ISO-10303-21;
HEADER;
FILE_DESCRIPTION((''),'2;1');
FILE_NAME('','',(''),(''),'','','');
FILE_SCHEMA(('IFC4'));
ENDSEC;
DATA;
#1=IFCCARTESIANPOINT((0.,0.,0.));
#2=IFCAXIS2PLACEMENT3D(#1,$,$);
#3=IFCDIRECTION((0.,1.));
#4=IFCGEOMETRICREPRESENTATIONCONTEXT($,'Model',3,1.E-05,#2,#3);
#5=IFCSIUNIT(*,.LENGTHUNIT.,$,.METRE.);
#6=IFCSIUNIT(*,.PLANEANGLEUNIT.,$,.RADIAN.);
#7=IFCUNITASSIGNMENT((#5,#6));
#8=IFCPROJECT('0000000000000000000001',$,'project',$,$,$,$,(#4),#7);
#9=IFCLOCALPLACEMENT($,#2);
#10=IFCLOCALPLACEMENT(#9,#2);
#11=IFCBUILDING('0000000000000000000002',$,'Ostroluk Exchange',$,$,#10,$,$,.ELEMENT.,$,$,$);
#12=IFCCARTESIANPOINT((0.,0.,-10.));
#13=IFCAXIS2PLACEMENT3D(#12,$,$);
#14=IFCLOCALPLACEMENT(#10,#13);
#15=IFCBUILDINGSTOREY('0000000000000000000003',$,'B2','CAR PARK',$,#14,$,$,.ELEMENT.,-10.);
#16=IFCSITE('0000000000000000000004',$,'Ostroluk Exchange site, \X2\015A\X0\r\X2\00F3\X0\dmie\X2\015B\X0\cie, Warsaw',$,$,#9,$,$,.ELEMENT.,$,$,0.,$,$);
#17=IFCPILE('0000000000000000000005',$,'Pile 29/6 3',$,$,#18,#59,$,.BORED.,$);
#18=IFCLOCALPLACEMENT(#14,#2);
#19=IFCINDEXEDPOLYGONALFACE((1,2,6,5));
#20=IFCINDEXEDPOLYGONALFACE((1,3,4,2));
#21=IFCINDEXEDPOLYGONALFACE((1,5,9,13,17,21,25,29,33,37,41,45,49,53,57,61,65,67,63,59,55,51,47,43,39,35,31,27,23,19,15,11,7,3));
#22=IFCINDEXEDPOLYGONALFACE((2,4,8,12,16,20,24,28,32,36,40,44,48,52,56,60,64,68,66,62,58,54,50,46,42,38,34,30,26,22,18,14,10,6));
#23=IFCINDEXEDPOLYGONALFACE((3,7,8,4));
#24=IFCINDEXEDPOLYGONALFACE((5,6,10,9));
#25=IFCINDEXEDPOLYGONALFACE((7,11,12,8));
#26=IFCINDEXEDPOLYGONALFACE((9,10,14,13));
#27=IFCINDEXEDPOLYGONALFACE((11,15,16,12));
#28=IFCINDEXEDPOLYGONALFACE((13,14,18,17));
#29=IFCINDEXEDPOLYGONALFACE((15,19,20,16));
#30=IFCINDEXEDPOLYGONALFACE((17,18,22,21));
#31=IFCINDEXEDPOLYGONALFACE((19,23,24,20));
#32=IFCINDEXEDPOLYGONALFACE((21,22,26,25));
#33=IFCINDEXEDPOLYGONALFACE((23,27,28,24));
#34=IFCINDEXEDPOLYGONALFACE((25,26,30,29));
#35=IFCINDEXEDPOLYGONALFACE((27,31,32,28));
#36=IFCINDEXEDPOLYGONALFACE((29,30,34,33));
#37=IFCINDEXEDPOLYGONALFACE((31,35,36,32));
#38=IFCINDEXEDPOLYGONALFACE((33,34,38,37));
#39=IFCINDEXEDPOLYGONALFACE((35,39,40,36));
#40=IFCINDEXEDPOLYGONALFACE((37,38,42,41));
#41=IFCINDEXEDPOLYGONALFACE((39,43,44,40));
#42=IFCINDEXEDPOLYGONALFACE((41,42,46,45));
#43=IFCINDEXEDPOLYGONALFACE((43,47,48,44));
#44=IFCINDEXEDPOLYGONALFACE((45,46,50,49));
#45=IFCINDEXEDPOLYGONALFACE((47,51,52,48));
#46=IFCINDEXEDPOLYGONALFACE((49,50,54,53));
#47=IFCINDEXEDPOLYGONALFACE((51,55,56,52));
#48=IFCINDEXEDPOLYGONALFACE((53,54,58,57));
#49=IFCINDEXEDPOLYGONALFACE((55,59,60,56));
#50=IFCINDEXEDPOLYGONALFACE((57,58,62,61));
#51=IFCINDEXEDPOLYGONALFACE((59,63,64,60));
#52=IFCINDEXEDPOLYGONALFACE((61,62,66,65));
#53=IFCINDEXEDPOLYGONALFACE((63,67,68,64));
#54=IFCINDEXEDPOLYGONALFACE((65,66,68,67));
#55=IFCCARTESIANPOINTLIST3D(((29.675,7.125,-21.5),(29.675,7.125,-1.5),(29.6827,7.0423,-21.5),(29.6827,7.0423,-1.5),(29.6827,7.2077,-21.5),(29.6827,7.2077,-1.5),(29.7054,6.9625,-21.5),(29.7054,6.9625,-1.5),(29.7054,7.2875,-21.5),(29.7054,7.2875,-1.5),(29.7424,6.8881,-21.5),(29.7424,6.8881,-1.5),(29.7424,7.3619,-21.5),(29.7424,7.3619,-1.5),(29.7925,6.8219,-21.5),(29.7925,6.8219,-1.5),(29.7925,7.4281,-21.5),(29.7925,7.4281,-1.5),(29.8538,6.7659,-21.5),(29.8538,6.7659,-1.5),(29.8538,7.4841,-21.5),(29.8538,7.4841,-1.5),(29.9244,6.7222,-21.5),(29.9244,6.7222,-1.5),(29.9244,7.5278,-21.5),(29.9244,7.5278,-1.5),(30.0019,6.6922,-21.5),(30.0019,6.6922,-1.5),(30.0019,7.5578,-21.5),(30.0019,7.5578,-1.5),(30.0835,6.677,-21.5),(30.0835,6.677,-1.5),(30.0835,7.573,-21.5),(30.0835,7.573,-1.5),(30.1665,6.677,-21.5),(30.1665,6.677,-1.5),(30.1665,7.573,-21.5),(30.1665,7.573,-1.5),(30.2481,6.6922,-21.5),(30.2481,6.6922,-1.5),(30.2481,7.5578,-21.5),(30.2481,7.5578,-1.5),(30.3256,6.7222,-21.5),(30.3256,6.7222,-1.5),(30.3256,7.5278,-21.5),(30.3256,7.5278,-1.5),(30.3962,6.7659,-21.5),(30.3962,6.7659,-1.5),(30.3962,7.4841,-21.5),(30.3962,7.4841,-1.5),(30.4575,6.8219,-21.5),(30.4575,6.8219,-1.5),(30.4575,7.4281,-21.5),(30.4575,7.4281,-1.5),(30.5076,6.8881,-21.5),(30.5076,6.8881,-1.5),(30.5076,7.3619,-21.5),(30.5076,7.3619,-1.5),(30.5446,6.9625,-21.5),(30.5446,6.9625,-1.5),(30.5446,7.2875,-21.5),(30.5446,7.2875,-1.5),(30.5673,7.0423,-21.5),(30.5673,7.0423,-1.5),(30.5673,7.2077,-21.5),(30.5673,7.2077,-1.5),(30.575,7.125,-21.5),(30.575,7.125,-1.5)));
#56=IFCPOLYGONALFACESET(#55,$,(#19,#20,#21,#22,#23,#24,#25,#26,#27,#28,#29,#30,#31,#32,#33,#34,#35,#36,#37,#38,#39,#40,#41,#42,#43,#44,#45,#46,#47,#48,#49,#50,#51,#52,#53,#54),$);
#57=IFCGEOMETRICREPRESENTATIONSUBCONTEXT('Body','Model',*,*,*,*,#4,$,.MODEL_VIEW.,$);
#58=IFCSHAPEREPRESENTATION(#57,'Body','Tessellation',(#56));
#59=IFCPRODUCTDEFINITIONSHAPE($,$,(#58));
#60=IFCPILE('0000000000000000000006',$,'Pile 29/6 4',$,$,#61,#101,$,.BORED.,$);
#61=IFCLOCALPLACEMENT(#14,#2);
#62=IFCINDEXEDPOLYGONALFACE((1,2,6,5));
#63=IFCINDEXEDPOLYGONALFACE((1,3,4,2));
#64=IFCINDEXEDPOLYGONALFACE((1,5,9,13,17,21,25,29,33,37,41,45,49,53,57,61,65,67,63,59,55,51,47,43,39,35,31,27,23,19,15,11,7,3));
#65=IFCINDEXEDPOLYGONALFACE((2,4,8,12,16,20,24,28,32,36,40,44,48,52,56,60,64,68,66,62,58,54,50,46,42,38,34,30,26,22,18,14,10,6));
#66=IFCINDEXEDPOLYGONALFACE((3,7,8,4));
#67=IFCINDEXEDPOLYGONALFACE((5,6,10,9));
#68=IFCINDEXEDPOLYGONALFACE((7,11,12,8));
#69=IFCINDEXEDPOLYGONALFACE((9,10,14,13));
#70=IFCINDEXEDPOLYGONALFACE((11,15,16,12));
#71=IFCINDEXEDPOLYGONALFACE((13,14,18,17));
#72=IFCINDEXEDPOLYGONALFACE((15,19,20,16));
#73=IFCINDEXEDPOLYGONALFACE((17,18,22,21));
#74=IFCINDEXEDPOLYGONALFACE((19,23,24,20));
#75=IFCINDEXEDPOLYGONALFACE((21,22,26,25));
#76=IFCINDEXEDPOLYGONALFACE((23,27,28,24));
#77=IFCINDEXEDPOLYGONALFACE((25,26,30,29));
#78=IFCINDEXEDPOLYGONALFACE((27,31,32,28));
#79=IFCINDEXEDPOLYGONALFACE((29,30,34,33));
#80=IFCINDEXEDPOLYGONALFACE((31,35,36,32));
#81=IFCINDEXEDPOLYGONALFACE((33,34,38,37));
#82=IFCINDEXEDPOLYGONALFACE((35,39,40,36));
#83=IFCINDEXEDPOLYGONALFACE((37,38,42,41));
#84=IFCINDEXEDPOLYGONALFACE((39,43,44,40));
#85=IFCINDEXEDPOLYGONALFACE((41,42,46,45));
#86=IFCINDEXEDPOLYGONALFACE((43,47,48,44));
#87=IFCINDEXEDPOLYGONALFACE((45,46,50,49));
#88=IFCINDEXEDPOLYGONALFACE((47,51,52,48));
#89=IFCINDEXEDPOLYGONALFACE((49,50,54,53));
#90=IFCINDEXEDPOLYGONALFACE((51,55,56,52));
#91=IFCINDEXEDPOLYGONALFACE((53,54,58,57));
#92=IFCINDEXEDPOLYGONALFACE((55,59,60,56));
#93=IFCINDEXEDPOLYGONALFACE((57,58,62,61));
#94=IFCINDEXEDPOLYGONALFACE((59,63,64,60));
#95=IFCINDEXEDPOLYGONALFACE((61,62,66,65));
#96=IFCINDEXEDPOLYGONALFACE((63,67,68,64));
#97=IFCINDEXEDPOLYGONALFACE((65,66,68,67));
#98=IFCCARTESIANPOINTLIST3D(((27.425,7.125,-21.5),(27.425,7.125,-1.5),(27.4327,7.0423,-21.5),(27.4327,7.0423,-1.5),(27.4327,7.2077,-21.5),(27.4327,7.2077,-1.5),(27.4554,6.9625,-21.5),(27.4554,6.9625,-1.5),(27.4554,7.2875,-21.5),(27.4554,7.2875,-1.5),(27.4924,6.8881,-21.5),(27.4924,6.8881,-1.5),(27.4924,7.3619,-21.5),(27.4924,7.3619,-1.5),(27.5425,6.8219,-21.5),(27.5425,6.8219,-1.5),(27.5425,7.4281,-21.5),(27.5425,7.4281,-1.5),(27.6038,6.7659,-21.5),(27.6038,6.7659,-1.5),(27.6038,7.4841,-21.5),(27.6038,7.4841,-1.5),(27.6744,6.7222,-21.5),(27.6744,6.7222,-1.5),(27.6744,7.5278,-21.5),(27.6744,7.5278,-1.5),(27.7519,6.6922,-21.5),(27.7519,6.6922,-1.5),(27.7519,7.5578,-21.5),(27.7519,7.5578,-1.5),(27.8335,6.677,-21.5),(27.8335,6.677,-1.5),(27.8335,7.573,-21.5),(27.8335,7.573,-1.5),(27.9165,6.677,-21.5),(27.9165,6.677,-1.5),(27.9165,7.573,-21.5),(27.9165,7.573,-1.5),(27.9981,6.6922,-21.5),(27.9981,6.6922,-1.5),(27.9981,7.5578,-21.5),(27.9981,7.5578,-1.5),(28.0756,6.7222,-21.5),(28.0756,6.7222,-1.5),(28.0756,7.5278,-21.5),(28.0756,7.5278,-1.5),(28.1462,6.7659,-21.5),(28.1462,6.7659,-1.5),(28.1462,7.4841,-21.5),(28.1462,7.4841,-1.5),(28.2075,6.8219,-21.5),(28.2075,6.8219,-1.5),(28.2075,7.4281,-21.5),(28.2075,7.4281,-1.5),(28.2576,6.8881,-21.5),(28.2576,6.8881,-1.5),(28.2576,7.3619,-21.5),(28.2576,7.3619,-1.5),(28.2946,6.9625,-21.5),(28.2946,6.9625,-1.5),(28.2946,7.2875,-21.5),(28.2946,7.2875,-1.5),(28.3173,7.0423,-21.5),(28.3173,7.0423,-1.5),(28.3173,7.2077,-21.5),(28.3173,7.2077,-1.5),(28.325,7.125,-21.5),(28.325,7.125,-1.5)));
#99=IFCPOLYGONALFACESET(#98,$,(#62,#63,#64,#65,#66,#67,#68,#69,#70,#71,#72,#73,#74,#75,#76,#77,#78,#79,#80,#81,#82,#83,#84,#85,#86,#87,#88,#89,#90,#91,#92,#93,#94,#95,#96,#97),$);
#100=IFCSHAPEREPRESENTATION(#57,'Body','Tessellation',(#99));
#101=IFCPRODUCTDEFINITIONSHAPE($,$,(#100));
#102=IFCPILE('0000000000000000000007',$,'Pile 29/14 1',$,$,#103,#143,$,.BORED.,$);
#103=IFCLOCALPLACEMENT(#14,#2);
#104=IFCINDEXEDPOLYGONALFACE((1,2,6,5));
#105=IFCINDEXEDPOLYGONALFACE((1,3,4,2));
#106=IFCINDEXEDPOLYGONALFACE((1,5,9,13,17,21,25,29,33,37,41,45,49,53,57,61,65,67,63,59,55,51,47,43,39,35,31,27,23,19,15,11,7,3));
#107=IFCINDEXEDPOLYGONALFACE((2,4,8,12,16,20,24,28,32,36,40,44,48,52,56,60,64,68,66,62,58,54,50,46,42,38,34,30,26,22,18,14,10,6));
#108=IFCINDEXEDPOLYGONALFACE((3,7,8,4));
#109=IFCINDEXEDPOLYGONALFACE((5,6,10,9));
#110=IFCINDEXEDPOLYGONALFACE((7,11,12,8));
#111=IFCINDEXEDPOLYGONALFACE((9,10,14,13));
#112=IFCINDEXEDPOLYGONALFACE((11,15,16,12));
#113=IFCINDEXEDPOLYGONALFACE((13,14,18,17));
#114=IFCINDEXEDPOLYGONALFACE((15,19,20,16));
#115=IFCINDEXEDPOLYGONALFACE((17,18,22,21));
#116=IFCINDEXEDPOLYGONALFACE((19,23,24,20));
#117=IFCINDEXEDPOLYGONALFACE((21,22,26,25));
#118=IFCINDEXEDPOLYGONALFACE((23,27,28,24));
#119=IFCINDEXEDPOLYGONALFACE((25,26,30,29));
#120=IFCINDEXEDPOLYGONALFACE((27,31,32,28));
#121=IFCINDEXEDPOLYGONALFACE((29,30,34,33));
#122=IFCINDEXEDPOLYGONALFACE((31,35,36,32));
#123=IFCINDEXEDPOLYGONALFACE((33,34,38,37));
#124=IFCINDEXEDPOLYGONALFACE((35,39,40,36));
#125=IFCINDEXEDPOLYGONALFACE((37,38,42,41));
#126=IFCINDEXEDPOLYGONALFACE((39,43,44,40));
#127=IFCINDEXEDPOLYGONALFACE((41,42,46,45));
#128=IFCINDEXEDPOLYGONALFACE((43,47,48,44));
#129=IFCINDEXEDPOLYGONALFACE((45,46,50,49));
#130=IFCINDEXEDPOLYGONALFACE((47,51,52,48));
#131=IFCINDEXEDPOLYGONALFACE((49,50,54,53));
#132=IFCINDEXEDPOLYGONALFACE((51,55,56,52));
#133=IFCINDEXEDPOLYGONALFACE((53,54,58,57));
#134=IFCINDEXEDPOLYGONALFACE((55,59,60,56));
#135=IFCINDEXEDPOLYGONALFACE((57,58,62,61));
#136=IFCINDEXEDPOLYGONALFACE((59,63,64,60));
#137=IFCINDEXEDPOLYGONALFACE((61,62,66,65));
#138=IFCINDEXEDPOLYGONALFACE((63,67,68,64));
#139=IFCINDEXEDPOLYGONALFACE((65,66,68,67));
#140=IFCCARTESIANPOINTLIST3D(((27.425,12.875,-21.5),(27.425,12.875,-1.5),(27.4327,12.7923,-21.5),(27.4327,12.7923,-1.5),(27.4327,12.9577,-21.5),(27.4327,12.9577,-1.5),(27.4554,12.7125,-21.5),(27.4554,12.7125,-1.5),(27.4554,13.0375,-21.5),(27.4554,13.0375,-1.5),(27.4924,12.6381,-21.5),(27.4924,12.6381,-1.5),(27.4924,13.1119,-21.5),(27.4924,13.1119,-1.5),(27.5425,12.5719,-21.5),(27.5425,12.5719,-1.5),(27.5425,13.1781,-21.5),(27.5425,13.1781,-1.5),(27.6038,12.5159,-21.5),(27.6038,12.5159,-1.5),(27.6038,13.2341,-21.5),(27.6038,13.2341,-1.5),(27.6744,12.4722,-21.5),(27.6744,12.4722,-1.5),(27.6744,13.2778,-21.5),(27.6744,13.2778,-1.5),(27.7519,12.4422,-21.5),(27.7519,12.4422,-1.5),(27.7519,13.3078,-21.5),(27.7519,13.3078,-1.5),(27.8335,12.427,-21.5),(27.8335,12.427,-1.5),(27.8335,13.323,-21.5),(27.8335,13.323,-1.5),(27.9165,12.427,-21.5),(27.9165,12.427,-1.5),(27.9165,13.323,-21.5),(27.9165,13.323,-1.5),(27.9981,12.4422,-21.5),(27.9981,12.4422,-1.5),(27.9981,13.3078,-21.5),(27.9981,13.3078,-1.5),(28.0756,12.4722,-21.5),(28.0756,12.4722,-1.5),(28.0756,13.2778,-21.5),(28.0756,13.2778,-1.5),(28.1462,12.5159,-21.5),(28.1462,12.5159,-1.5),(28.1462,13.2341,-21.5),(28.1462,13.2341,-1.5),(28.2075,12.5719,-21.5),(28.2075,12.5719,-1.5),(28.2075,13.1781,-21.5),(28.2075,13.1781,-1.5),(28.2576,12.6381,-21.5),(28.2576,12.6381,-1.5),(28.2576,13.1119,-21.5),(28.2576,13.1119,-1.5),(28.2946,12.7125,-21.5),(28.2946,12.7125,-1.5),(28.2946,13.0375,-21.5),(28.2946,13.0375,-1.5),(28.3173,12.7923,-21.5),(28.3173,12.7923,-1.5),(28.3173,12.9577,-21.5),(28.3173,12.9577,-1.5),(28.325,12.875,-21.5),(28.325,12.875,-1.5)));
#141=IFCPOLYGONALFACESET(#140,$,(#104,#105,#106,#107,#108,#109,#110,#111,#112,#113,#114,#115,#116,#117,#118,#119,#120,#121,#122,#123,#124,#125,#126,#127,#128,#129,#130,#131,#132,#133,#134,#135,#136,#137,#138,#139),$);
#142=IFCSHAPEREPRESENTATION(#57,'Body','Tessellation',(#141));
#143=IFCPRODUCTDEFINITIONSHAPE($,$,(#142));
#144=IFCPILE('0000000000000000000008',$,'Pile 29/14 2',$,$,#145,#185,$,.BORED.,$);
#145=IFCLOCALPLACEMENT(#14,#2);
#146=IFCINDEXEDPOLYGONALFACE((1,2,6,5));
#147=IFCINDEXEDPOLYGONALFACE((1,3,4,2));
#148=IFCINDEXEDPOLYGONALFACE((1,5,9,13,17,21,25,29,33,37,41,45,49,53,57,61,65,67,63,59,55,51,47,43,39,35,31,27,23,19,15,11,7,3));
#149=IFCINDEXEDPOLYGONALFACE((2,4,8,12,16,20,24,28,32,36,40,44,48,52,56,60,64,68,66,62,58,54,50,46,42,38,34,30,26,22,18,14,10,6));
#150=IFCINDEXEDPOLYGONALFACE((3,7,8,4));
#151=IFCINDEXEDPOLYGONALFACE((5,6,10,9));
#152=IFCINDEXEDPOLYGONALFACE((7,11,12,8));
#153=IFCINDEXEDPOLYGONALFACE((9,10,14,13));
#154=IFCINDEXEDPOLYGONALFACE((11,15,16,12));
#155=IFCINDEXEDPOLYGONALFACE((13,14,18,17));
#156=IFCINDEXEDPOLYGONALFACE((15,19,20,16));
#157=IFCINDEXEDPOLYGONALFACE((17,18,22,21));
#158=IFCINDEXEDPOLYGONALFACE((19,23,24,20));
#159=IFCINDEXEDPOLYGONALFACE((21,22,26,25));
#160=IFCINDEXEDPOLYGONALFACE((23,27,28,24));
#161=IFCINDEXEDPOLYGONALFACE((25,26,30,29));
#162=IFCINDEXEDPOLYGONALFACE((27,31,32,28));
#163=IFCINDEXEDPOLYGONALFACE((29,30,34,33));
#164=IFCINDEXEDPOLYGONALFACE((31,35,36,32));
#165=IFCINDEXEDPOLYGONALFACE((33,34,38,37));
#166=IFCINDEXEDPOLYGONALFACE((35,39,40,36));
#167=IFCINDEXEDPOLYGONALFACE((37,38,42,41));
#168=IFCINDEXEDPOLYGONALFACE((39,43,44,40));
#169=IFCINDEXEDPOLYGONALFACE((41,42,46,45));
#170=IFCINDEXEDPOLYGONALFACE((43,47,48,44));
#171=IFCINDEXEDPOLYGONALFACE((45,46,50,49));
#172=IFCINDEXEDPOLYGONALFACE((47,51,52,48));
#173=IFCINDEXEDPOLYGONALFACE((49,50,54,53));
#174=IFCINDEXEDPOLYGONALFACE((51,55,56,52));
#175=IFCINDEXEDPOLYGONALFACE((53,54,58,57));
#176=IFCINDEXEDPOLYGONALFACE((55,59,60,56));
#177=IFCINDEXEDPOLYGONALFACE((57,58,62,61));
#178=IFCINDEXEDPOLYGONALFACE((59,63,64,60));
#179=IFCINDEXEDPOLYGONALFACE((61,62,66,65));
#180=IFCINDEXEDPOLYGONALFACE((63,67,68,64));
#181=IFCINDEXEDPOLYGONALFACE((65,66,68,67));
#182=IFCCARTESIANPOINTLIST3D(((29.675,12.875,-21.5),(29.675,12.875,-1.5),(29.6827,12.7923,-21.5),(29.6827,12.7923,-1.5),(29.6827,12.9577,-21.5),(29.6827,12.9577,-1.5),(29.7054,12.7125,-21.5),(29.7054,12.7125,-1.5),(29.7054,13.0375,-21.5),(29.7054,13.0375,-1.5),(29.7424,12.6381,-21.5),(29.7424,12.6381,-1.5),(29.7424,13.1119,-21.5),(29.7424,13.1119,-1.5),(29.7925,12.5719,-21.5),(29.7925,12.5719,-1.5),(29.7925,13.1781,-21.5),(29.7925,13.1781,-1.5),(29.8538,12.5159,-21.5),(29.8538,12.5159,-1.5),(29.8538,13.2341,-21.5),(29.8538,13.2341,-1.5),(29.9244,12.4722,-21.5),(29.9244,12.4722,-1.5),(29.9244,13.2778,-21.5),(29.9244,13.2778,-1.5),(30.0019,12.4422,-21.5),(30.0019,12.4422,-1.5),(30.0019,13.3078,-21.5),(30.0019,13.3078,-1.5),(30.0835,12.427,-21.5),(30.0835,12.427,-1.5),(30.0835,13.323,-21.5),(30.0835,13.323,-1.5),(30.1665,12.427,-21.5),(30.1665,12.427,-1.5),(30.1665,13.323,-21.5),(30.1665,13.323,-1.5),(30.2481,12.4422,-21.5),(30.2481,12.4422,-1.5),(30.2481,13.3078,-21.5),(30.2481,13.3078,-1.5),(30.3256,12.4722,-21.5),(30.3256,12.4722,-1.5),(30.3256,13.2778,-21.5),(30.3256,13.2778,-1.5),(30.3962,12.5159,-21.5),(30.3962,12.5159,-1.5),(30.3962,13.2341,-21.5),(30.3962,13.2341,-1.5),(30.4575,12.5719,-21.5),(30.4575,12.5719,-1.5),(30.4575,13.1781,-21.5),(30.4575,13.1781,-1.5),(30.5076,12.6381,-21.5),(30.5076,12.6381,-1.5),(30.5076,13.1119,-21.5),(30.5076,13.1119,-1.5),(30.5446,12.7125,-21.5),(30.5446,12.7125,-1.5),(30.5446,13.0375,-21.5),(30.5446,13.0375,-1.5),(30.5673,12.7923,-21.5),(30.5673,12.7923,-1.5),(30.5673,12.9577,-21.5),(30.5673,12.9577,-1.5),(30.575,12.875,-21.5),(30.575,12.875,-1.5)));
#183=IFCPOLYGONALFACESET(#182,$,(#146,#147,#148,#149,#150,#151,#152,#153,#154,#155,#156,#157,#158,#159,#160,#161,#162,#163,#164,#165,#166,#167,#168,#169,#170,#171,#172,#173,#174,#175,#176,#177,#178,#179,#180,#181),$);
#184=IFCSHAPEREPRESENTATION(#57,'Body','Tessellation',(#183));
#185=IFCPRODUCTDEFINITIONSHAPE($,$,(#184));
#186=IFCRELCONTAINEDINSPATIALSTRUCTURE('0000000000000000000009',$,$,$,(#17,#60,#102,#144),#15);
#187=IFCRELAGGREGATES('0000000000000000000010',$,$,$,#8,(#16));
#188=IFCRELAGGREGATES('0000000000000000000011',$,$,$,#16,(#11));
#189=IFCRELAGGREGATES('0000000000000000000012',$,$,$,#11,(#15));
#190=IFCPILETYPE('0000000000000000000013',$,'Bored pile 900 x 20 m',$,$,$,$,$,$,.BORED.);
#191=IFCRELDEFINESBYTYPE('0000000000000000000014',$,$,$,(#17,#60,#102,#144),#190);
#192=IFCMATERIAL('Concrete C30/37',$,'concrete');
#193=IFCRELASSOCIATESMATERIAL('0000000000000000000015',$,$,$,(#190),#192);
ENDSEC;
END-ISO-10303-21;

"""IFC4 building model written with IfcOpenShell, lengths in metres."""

from ifc_helpers import new_model, si_unit, direction, frame, origin, origin_2d, place, context, subcontext, project, spatial, circle, extrude, material, type_object, element, save


model = new_model("IFC4")

# Units and contexts
model_context = context("Model", 3, precision=1e-05, world=origin(), true_north=direction((0.0, 1.0)))
body_context = subcontext(model_context, "Body", "Model", "MODEL_VIEW")
ifc_project = project(units=[si_unit("LENGTHUNIT", "METRE"), si_unit("PLANEANGLEUNIT", "RADIAN")], contexts=[model_context])

# Site, building, storey
site_placement = place(None, origin())
site = spatial("IfcSite", under=ifc_project, at=site_placement, Name="Ostroluk Exchange site, Śródmieście, Warsaw", CompositionType="ELEMENT", RefElevation=0.0)
building_placement = place(site_placement, origin())
building = spatial("IfcBuilding", under=site, at=building_placement, Name="Ostroluk Exchange", CompositionType="ELEMENT")
storey_placement = place(building_placement, frame((0.0, 0.0, -10.0)))
storey = spatial("IfcBuildingStorey", under=building, at=storey_placement, Name="B2", Description="CAR PARK", CompositionType="ELEMENT", Elevation=-10.0)

# Piles
ifc_material_1 = material(Name="Concrete C30/37", Category="concrete")
pile_type_1 = type_object("IfcPileType", Name="Bored pile 900 x 20 m", PredefinedType="BORED", material=ifc_material_1)
for number, where, z_axis, x_axis, name in (
    (1, (30.125, 7.125, -1.5), (0.0, 0.0, -1.0), (1.0, 0.0, 0.0), "Pile 29/6 3"),
    (2, (27.875, 7.125, -1.5), (0.0, 0.0, -1.0), (1.0, 0.0, 0.0), "Pile 29/6 4"),
    (3, (27.875, 12.875, -1.5), (0.0, 0.0, -1.0), (1.0, 0.0, 0.0), "Pile 29/14 1"),
    (4, (30.125, 12.875, -1.5), (0.0, 0.0, -1.0), (1.0, 0.0, 0.0), "Pile 29/14 2"),
):
    element("IfcPile", number, at=place(storey_placement, frame(where, z_axis=z_axis, x_axis=x_axis)), inside=storey, type_object=pile_type_1, Name=name, PredefinedType="BORED", context=body_context, shape_type="SweptSolid", body=[
        extrude(circle(Radius=0.45, at=origin_2d()), origin(), (0.0, 0.0, 1.0), 20.0),
    ])

save(model, "model.ifc")
